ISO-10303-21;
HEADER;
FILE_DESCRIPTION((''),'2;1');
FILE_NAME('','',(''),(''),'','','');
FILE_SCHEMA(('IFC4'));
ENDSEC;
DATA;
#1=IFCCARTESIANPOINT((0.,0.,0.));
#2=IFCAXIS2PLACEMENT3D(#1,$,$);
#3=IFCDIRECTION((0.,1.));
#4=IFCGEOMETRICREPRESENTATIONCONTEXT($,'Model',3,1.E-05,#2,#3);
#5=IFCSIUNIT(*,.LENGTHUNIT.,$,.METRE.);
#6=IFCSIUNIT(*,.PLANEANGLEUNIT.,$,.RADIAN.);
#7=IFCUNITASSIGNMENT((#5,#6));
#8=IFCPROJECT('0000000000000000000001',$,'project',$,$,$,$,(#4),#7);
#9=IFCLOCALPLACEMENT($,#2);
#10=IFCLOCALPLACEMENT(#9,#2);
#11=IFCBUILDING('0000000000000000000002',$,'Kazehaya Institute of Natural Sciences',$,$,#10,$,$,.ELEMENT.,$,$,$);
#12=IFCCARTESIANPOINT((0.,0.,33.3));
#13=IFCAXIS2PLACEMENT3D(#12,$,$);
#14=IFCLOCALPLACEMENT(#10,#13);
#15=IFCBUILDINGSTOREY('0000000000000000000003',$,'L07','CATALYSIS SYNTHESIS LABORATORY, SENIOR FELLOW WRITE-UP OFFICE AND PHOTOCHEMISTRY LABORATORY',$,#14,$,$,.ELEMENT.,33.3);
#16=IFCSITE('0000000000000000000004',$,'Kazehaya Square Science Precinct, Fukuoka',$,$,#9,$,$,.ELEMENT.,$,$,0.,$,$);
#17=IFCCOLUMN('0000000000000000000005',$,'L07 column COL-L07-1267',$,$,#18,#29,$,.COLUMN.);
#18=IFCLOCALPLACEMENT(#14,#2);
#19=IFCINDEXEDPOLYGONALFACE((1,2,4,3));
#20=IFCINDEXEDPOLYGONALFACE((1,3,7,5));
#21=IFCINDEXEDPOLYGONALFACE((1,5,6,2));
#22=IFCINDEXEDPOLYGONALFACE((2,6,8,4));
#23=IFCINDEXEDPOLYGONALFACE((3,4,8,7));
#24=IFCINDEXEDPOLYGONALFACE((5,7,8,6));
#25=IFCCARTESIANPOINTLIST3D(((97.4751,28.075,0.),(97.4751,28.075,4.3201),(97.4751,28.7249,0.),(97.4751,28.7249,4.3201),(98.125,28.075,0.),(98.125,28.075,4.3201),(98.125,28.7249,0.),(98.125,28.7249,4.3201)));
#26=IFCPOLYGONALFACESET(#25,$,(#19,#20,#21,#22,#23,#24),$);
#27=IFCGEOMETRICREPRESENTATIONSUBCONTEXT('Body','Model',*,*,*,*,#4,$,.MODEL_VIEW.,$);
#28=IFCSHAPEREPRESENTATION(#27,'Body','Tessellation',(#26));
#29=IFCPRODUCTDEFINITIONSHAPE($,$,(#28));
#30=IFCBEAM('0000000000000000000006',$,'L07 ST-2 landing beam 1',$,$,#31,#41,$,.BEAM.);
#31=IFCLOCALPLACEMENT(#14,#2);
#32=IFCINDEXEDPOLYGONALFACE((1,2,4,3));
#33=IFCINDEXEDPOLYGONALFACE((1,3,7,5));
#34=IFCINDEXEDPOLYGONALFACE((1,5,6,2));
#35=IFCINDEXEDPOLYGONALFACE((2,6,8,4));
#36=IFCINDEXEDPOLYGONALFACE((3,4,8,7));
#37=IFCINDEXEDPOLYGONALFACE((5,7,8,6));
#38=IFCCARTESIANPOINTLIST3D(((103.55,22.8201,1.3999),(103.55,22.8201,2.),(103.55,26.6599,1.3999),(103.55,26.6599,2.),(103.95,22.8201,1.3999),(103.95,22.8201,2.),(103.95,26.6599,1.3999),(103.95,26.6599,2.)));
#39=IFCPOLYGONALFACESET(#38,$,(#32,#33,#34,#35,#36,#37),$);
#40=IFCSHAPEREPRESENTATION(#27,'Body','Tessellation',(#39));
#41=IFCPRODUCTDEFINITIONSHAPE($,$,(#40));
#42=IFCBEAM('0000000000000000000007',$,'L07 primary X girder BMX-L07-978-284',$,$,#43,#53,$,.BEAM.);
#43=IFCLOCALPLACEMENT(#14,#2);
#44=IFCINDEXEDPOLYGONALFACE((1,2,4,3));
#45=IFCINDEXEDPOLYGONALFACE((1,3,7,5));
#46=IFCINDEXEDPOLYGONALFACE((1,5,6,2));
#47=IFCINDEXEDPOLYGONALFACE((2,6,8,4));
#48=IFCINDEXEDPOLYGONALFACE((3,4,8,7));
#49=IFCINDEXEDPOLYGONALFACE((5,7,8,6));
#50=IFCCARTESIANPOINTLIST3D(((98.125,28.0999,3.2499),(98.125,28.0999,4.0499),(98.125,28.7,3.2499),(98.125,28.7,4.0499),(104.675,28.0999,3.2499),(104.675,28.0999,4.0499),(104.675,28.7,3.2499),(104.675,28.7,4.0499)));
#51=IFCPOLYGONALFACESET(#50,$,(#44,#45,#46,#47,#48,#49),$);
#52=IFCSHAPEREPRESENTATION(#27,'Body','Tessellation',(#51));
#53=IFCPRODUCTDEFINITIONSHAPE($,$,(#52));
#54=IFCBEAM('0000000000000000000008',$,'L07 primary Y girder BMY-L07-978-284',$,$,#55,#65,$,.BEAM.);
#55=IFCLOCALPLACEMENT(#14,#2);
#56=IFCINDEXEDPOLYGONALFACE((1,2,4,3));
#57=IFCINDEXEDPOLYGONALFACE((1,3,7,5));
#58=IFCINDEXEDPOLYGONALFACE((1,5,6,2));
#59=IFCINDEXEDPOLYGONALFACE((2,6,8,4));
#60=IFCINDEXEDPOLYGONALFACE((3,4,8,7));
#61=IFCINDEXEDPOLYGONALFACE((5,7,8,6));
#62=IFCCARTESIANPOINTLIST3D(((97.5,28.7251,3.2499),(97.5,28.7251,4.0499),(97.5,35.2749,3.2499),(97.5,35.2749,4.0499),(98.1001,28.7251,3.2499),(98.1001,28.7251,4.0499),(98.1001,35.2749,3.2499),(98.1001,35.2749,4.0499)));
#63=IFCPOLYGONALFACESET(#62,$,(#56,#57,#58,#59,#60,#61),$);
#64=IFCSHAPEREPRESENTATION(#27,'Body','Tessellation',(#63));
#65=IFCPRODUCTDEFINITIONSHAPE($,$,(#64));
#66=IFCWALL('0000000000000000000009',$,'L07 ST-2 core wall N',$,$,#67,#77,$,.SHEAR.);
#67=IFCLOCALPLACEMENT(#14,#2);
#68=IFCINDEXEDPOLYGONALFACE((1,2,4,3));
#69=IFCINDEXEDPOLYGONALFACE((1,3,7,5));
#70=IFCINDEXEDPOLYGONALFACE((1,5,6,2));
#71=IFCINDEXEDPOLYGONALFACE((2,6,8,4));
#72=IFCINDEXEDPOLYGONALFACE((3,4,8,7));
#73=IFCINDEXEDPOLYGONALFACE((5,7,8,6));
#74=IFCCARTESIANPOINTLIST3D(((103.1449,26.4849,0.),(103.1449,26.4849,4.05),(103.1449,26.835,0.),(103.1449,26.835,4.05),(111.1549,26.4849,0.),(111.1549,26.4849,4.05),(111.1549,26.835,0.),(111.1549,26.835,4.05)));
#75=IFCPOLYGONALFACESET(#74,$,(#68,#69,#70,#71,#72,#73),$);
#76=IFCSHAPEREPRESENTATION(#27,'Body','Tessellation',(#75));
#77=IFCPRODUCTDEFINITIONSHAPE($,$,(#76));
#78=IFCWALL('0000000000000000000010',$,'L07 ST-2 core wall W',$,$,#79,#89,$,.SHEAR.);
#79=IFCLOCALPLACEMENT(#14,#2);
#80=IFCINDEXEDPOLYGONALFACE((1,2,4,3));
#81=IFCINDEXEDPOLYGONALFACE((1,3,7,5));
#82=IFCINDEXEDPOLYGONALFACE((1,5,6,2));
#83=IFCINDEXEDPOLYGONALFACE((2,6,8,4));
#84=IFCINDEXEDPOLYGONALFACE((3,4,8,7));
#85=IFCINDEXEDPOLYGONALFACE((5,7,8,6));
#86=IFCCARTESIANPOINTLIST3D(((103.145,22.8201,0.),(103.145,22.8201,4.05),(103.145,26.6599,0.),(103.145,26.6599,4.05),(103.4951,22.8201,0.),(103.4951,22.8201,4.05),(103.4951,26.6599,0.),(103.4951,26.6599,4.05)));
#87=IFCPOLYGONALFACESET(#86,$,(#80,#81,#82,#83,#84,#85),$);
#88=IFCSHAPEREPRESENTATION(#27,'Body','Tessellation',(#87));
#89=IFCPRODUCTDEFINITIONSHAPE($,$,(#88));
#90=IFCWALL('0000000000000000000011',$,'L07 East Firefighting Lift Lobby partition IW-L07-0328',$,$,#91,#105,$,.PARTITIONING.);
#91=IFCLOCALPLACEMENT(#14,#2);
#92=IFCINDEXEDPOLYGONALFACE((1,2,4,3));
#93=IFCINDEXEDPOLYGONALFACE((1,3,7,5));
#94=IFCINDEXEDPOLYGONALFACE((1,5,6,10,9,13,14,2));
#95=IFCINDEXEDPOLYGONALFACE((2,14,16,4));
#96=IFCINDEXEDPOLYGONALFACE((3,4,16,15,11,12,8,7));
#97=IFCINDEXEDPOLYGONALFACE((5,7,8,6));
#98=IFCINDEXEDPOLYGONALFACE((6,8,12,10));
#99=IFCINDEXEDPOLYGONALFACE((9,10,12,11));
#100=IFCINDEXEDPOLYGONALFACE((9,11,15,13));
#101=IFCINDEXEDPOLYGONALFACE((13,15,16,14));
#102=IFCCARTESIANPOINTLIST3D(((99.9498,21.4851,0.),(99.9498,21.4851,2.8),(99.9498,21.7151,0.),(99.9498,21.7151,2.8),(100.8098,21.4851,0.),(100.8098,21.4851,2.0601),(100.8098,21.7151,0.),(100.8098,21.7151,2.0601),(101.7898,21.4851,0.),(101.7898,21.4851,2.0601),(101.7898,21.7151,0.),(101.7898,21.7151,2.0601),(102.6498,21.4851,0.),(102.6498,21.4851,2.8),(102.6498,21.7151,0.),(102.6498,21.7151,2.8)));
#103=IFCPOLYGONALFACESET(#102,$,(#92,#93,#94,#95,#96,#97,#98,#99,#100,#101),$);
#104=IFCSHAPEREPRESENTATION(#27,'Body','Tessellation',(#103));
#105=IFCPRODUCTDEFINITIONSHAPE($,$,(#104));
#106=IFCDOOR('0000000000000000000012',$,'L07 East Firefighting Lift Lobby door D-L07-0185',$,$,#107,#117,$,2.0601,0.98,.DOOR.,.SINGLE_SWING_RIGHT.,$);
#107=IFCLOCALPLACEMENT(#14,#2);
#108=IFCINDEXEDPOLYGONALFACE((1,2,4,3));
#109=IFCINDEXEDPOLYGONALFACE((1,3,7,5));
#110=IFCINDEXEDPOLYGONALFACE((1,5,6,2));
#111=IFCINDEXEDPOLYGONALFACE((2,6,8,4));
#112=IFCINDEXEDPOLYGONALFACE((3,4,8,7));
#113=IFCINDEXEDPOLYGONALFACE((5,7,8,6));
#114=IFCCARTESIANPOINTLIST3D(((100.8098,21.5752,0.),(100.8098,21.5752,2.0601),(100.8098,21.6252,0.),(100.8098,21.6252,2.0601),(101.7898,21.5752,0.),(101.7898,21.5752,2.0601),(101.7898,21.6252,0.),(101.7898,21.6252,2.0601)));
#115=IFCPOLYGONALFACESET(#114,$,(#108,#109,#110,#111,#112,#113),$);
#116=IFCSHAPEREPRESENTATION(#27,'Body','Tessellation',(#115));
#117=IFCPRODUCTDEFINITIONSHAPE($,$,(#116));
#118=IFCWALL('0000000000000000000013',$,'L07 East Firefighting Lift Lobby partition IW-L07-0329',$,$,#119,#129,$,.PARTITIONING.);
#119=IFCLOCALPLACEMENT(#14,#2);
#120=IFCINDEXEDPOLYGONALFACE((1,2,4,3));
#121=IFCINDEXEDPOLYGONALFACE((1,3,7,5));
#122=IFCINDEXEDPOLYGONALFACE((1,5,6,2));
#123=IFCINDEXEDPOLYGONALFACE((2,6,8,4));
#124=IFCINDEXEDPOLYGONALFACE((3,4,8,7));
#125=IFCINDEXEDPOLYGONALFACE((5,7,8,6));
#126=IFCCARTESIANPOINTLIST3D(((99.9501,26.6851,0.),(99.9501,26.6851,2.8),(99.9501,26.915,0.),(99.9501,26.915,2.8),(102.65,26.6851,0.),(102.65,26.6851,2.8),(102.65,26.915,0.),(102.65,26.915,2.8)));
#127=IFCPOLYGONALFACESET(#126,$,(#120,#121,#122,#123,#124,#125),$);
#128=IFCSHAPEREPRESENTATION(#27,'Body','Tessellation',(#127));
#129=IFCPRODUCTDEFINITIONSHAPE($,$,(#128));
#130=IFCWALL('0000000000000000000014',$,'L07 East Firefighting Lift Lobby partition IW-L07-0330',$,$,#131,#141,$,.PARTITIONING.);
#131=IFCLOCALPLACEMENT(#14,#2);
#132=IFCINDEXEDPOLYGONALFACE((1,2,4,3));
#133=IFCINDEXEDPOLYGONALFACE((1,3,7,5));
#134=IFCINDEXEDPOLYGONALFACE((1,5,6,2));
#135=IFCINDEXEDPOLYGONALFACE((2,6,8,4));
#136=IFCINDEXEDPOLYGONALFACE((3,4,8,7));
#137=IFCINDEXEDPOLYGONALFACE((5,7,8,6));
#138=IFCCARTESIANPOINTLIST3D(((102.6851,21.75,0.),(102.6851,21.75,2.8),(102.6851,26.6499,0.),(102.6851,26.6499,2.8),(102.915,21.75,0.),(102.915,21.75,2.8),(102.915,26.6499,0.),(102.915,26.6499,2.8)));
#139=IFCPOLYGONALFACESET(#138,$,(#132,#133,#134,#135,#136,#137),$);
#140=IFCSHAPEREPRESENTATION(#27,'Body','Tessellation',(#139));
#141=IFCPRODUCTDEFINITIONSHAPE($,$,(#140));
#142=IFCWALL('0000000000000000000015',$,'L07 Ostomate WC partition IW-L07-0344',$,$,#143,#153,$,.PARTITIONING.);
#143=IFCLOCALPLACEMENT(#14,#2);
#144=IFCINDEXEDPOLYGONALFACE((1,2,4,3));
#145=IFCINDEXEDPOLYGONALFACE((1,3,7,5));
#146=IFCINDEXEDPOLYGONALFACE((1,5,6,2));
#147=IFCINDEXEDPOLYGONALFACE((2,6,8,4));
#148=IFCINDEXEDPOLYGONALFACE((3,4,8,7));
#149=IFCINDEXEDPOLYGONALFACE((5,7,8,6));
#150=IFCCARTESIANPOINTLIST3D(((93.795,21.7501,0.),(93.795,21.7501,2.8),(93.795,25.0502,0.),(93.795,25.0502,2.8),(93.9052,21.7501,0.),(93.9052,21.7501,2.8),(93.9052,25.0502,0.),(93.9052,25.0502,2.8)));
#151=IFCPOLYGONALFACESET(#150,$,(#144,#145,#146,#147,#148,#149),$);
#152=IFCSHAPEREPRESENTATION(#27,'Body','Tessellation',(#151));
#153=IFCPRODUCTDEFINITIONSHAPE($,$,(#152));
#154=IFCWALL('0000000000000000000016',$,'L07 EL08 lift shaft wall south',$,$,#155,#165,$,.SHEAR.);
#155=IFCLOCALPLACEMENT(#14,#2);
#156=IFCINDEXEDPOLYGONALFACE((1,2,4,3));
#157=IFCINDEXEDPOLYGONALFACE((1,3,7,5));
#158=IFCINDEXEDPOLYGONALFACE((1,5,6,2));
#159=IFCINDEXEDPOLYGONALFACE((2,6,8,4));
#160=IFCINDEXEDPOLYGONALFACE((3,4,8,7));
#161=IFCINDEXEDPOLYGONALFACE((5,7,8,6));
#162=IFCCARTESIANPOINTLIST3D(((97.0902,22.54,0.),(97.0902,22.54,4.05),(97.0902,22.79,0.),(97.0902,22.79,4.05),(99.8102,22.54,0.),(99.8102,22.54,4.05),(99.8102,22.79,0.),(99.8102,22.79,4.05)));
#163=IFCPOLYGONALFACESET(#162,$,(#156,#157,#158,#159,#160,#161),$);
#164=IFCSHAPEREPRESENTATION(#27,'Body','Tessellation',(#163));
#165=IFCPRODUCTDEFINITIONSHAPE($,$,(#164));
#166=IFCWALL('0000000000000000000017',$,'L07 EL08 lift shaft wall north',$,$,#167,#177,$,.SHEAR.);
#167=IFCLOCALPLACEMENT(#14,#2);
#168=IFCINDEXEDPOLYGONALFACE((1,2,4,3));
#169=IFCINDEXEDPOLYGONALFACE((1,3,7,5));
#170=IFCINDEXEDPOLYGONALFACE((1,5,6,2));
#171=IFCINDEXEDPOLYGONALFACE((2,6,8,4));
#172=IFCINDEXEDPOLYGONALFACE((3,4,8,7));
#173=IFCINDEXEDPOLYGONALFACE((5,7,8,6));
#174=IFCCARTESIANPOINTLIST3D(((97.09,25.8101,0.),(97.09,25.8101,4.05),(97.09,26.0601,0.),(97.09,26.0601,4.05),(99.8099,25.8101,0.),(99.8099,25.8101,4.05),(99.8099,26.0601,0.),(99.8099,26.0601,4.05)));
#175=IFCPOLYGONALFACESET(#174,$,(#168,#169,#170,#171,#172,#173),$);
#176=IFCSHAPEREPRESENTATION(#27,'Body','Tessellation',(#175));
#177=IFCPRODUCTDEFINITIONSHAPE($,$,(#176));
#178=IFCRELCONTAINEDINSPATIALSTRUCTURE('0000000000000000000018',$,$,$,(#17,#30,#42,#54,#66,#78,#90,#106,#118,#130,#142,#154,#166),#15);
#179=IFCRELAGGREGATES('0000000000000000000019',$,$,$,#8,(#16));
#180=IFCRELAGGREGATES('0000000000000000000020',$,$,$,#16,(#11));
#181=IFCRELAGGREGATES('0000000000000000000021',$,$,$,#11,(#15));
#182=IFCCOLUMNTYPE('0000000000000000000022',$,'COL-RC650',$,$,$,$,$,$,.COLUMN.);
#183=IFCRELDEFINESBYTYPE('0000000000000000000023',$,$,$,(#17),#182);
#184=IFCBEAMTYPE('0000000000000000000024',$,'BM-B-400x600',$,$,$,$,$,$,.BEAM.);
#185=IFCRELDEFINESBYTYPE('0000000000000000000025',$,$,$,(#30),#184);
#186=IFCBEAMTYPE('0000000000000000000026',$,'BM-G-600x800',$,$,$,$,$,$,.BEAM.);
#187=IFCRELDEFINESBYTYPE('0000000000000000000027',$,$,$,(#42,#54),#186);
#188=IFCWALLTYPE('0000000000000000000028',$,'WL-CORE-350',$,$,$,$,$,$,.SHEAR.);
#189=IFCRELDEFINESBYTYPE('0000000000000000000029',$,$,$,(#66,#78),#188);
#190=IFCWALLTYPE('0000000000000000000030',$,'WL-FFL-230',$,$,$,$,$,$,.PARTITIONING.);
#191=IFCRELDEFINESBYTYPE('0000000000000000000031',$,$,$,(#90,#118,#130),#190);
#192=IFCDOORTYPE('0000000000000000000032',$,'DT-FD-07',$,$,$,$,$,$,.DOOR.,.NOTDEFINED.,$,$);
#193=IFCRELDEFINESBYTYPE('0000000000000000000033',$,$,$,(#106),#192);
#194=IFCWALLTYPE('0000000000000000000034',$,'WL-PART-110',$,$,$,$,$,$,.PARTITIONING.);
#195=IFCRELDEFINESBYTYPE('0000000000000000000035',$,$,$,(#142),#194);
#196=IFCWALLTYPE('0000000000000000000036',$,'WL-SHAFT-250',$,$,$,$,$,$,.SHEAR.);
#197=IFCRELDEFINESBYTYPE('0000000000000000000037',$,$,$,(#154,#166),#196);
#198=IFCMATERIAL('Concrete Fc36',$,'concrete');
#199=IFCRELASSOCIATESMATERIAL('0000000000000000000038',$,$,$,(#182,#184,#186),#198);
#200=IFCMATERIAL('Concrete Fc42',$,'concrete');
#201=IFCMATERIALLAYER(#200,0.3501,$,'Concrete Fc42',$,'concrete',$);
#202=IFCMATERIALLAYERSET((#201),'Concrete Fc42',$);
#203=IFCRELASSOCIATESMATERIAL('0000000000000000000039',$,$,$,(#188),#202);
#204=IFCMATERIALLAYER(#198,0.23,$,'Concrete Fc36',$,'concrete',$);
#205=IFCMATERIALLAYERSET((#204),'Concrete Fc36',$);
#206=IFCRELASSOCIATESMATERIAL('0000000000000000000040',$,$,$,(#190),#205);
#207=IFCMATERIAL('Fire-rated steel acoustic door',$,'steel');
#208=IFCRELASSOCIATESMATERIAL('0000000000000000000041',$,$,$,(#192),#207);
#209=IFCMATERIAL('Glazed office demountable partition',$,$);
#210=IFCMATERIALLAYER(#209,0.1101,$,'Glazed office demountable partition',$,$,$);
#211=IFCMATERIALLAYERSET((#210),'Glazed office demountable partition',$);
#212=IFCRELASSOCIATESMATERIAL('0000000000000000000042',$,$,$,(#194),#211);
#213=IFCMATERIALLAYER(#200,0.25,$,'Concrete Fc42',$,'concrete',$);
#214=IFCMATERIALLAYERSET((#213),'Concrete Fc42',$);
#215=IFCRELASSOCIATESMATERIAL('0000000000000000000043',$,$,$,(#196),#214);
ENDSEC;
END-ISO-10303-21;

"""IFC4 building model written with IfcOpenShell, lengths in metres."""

from ifc_helpers import new_model, si_unit, direction, frame, frame_2d, origin, origin_2d, place, context, subcontext, project, spatial, rectangle, extrude, material, layer, layer_set, material_profile, profile_set, type_object, element, fill, save


model = new_model("IFC4")

# Units and contexts
model_context = context("Model", 3, precision=1e-05, world=origin(), true_north=direction((0.0, 1.0)))
body_context = subcontext(model_context, "Body", "Model", "MODEL_VIEW")
ifc_project = project(units=[si_unit("LENGTHUNIT", "METRE"), si_unit("PLANEANGLEUNIT", "RADIAN")], contexts=[model_context])

# Site, building, storey
site_placement = place(None, origin())
site = spatial("IfcSite", under=ifc_project, at=site_placement, Name="Kazehaya Square Science Precinct, Fukuoka", CompositionType="ELEMENT", RefElevation=0.0)
building_placement = place(site_placement, origin())
building = spatial("IfcBuilding", under=site, at=building_placement, Name="Kazehaya Institute of Natural Sciences", CompositionType="ELEMENT")
storey_placement = place(building_placement, frame((0.0, 0.0, 33.3)))
storey = spatial("IfcBuildingStorey", under=building, at=storey_placement, Name="L07", Description="CATALYSIS SYNTHESIS LABORATORY, SENIOR FELLOW WRITE-UP OFFICE AND PHOTOCHEMISTRY LABORATORY", CompositionType="ELEMENT", Elevation=33.3)

# Column
ifc_material_1 = material(Name="Concrete Fc36", Category="concrete")
ifc_material_profile_1 = material_profile(ifc_material_1, rectangle(XDim=0.6499, YDim=0.6499, at=origin_2d()), Name="RC-650x650")
ifc_profile_set_1 = profile_set([ifc_material_profile_1], Name="Concrete Fc36")
column_type = type_object("IfcColumnType", Name="COL-RC650", PredefinedType="COLUMN", material=ifc_profile_set_1)
column_placement = place(storey_placement, frame((97.8, 28.3999, 0.0), z_axis=(0.0, 0.0, 1.0), x_axis=(1.0, 0.0, 0.0)))
element("IfcColumn", 1, at=column_placement, inside=storey, type_object=column_type, Name="L07 column COL-L07-1267", PredefinedType="COLUMN", context=body_context, shape_type="SweptSolid", body=[
    extrude(rectangle(XDim=0.6499, YDim=0.6499, at=origin_2d()), origin(), (0.0, 0.0, 1.0), 4.3201),
])

# Beams
ifc_material_profile_2 = material_profile(ifc_material_1, rectangle(XDim=0.3999, YDim=0.6001, at=origin_2d()), Name="RC-400x600")
ifc_profile_set_2 = profile_set([ifc_material_profile_2], Name="Concrete Fc36")
beam_type_1 = type_object("IfcBeamType", Name="BM-B-400x600", PredefinedType="BEAM", material=ifc_profile_set_2)
beam_1_placement = place(storey_placement, frame((103.75, 22.8201, 1.7), z_axis=(0.0, 1.0, 0.0), x_axis=(-1.0, 0.0, 0.0)))
element("IfcBeam", 2, at=beam_1_placement, inside=storey, type_object=beam_type_1, Name="L07 ST-2 landing beam 1", PredefinedType="BEAM", context=body_context, shape_type="SweptSolid", body=[
    extrude(rectangle(XDim=0.3999, YDim=0.6001, at=origin_2d()), origin(), (0.0, 0.0, 1.0), 3.8398),
])
ifc_material_profile_3 = material_profile(ifc_material_1, rectangle(XDim=0.6001, YDim=0.8, at=origin_2d()), Name="RC-600x800")
ifc_profile_set_3 = profile_set([ifc_material_profile_3], Name="Concrete Fc36")
beam_type_2 = type_object("IfcBeamType", Name="BM-G-600x800", PredefinedType="BEAM", material=ifc_profile_set_3)
beam_2_placement = place(storey_placement, frame((98.125, 28.3999, 3.6499), z_axis=(1.0, 0.0, 0.0), x_axis=(0.0, 1.0, 0.0)))
element("IfcBeam", 3, at=beam_2_placement, inside=storey, type_object=beam_type_2, Name="L07 primary X girder BMX-L07-978-284", PredefinedType="BEAM", context=body_context, shape_type="SweptSolid", body=[
    extrude(rectangle(XDim=0.6001, YDim=0.8, at=origin_2d()), origin(), (0.0, 0.0, 1.0), 6.55),
])
beam_3_placement = place(storey_placement, frame((97.8, 28.7251, 3.6499), z_axis=(0.0, 1.0, 0.0), x_axis=(-1.0, 0.0, 0.0)))
element("IfcBeam", 4, at=beam_3_placement, inside=storey, type_object=beam_type_2, Name="L07 primary Y girder BMY-L07-978-284", PredefinedType="BEAM", context=body_context, shape_type="SweptSolid", body=[
    extrude(rectangle(XDim=0.6001, YDim=0.8, at=origin_2d()), origin(), (0.0, 0.0, 1.0), 6.5498),
])

# Walls
ifc_material_2 = material(Name="Concrete Fc42", Category="concrete")
ifc_layer_1 = layer(ifc_material_2, 0.3501, Name="Concrete Fc42", Category="concrete")
ifc_layer_set_1 = layer_set([ifc_layer_1], Name="Concrete Fc42")
wall_type_1 = type_object("IfcWallType", Name="WL-CORE-350", PredefinedType="SHEAR", material=ifc_layer_set_1)
wall_1_placement = place(storey_placement, frame((103.145, 26.6599, 0.0), z_axis=(0.0, 0.0, 1.0), x_axis=(1.0, 0.0, 0.0)))
element("IfcWall", 5, at=wall_1_placement, inside=storey, type_object=wall_type_1, Name="L07 ST-2 core wall N", PredefinedType="SHEAR", context=body_context, shape_type="SweptSolid", body=[
    extrude(rectangle(XDim=8.01, YDim=0.3501, at=frame_2d((4.0049, 0.0))), origin(), (0.0, 0.0, 1.0), 4.05),
])
wall_2_placement = place(storey_placement, frame((103.3201, 22.8201, 0.0), z_axis=(0.0, 0.0, 1.0), x_axis=(0.0, 1.0, 0.0)))
element("IfcWall", 6, at=wall_2_placement, inside=storey, type_object=wall_type_1, Name="L07 ST-2 core wall W", PredefinedType="SHEAR", context=body_context, shape_type="SweptSolid", body=[
    extrude(rectangle(XDim=3.8398, YDim=0.3501, at=frame_2d((1.9199, 0.0))), origin(), (0.0, 0.0, 1.0), 4.05),
])

# Wall, opening, door
ifc_layer_2 = layer(ifc_material_1, 0.23, Name="Concrete Fc36", Category="concrete")
ifc_layer_set_2 = layer_set([ifc_layer_2], Name="Concrete Fc36")
wall_type_2 = type_object("IfcWallType", Name="WL-FFL-230", PredefinedType="PARTITIONING", material=ifc_layer_set_2)
wall_3_placement = place(storey_placement, frame((102.6499, 21.6001, 0.0), z_axis=(0.0, 0.0, 1.0), x_axis=(-1.0, 0.0, 0.0)))
wall_3 = element("IfcWall", 7, at=wall_3_placement, inside=storey, type_object=wall_type_2, Name="L07 East Firefighting Lift Lobby partition IW-L07-0328", PredefinedType="PARTITIONING", context=body_context, shape_type="SweptSolid", body=[
    extrude(rectangle(XDim=2.7, YDim=0.23, at=frame_2d((1.3501, 0.0))), origin(), (0.0, 0.0, 1.0), 2.8),
])
opening_1_placement = place(wall_3_placement, frame((0.8601, 0.0, 0.0)))
opening_1 = element("IfcOpeningElement", 8, at=opening_1_placement, cuts=wall_3, PredefinedType="OPENING", context=body_context, shape_type="SweptSolid", body=[
    extrude(rectangle(XDim=0.98, YDim=2.0601, at=frame_2d((0.49, 1.03))), frame((0.0, 0.125, 0.0), z_axis=(0.0, -1.0, 0.0), x_axis=(1.0, 0.0, 0.0)), (0.0, 0.0, 1.0), 0.25),
])
ifc_material_3 = material(Name="Fire-rated steel acoustic door", Category="steel")
door_type_1 = type_object("IfcDoorType", Name="DT-FD-07", OperationType="NOTDEFINED", PredefinedType="DOOR", material=ifc_material_3)
door_1_placement = place(opening_1_placement, origin())
door_1 = element("IfcDoor", 9, at=door_1_placement, inside=storey, type_object=door_type_1, Name="L07 East Firefighting Lift Lobby door D-L07-0185", OperationType="SINGLE_SWING_RIGHT", OverallHeight=2.0601, OverallWidth=0.98, PredefinedType="DOOR", context=body_context, shape_type="SweptSolid", body=[
    extrude(rectangle(XDim=0.98, YDim=2.0601, at=frame_2d((0.49, 1.03))), frame((0.0, 0.0249, 0.0), z_axis=(0.0, -1.0, 0.0), x_axis=(1.0, 0.0, 0.0)), (0.0, 0.0, 1.0), 0.05),
])
fill(opening_1, door_1)

# Walls
wall_4_placement = place(storey_placement, frame((99.95, 26.8, 0.0), z_axis=(0.0, 0.0, 1.0), x_axis=(1.0, 0.0, 0.0)))
element("IfcWall", 10, at=wall_4_placement, inside=storey, type_object=wall_type_2, Name="L07 East Firefighting Lift Lobby partition IW-L07-0329", PredefinedType="PARTITIONING", context=body_context, shape_type="SweptSolid", body=[
    extrude(rectangle(XDim=2.7, YDim=0.23, at=frame_2d((1.3501, 0.0))), origin(), (0.0, 0.0, 1.0), 2.8),
])
wall_5_placement = place(storey_placement, frame((102.8, 26.6499, 0.0), z_axis=(0.0, 0.0, 1.0), x_axis=(0.0, -1.0, 0.0)))
element("IfcWall", 11, at=wall_5_placement, inside=storey, type_object=wall_type_2, Name="L07 East Firefighting Lift Lobby partition IW-L07-0330", PredefinedType="PARTITIONING", context=body_context, shape_type="SweptSolid", body=[
    extrude(rectangle(XDim=4.8999, YDim=0.23, at=frame_2d((2.45, 0.0))), origin(), (0.0, 0.0, 1.0), 2.8),
])
ifc_material_4 = material(Name="Glazed office demountable partition")
ifc_layer_3 = layer(ifc_material_4, 0.1101, Name="Glazed office demountable partition")
ifc_layer_set_3 = layer_set([ifc_layer_3], Name="Glazed office demountable partition")
wall_type_3 = type_object("IfcWallType", Name="WL-PART-110", PredefinedType="PARTITIONING", material=ifc_layer_set_3)
wall_6_placement = place(storey_placement, frame((93.8501, 25.05, 0.0), z_axis=(0.0, 0.0, 1.0), x_axis=(0.0, -1.0, 0.0)))
element("IfcWall", 12, at=wall_6_placement, inside=storey, type_object=wall_type_3, Name="L07 Ostomate WC partition IW-L07-0344", PredefinedType="PARTITIONING", context=body_context, shape_type="SweptSolid", body=[
    extrude(rectangle(XDim=3.3, YDim=0.1101, at=frame_2d((1.6499, 0.0))), origin(), (0.0, 0.0, 1.0), 2.8),
])
ifc_layer_4 = layer(ifc_material_2, 0.25, Name="Concrete Fc42", Category="concrete")
ifc_layer_set_4 = layer_set([ifc_layer_4], Name="Concrete Fc42")
wall_type_4 = type_object("IfcWallType", Name="WL-SHAFT-250", PredefinedType="SHEAR", material=ifc_layer_set_4)
for number, where, z_axis, x_axis, name in (
    (13, (99.8101, 22.665, 0.0), (0.0, 0.0, 1.0), (-1.0, 0.0, 0.0), "L07 EL08 lift shaft wall south"),
    (14, (97.0901, 25.9351, 0.0), (0.0, 0.0, 1.0), (1.0, 0.0, 0.0), "L07 EL08 lift shaft wall north"),
):
    element("IfcWall", number, at=place(storey_placement, frame(where, z_axis=z_axis, x_axis=x_axis)), inside=storey, type_object=wall_type_4, Name=name, PredefinedType="SHEAR", context=body_context, shape_type="SweptSolid", body=[
        extrude(rectangle(XDim=2.72, YDim=0.25, at=frame_2d((1.3599, 0.0))), origin(), (0.0, 0.0, 1.0), 4.05),
    ])

save(model, "model.ifc")
